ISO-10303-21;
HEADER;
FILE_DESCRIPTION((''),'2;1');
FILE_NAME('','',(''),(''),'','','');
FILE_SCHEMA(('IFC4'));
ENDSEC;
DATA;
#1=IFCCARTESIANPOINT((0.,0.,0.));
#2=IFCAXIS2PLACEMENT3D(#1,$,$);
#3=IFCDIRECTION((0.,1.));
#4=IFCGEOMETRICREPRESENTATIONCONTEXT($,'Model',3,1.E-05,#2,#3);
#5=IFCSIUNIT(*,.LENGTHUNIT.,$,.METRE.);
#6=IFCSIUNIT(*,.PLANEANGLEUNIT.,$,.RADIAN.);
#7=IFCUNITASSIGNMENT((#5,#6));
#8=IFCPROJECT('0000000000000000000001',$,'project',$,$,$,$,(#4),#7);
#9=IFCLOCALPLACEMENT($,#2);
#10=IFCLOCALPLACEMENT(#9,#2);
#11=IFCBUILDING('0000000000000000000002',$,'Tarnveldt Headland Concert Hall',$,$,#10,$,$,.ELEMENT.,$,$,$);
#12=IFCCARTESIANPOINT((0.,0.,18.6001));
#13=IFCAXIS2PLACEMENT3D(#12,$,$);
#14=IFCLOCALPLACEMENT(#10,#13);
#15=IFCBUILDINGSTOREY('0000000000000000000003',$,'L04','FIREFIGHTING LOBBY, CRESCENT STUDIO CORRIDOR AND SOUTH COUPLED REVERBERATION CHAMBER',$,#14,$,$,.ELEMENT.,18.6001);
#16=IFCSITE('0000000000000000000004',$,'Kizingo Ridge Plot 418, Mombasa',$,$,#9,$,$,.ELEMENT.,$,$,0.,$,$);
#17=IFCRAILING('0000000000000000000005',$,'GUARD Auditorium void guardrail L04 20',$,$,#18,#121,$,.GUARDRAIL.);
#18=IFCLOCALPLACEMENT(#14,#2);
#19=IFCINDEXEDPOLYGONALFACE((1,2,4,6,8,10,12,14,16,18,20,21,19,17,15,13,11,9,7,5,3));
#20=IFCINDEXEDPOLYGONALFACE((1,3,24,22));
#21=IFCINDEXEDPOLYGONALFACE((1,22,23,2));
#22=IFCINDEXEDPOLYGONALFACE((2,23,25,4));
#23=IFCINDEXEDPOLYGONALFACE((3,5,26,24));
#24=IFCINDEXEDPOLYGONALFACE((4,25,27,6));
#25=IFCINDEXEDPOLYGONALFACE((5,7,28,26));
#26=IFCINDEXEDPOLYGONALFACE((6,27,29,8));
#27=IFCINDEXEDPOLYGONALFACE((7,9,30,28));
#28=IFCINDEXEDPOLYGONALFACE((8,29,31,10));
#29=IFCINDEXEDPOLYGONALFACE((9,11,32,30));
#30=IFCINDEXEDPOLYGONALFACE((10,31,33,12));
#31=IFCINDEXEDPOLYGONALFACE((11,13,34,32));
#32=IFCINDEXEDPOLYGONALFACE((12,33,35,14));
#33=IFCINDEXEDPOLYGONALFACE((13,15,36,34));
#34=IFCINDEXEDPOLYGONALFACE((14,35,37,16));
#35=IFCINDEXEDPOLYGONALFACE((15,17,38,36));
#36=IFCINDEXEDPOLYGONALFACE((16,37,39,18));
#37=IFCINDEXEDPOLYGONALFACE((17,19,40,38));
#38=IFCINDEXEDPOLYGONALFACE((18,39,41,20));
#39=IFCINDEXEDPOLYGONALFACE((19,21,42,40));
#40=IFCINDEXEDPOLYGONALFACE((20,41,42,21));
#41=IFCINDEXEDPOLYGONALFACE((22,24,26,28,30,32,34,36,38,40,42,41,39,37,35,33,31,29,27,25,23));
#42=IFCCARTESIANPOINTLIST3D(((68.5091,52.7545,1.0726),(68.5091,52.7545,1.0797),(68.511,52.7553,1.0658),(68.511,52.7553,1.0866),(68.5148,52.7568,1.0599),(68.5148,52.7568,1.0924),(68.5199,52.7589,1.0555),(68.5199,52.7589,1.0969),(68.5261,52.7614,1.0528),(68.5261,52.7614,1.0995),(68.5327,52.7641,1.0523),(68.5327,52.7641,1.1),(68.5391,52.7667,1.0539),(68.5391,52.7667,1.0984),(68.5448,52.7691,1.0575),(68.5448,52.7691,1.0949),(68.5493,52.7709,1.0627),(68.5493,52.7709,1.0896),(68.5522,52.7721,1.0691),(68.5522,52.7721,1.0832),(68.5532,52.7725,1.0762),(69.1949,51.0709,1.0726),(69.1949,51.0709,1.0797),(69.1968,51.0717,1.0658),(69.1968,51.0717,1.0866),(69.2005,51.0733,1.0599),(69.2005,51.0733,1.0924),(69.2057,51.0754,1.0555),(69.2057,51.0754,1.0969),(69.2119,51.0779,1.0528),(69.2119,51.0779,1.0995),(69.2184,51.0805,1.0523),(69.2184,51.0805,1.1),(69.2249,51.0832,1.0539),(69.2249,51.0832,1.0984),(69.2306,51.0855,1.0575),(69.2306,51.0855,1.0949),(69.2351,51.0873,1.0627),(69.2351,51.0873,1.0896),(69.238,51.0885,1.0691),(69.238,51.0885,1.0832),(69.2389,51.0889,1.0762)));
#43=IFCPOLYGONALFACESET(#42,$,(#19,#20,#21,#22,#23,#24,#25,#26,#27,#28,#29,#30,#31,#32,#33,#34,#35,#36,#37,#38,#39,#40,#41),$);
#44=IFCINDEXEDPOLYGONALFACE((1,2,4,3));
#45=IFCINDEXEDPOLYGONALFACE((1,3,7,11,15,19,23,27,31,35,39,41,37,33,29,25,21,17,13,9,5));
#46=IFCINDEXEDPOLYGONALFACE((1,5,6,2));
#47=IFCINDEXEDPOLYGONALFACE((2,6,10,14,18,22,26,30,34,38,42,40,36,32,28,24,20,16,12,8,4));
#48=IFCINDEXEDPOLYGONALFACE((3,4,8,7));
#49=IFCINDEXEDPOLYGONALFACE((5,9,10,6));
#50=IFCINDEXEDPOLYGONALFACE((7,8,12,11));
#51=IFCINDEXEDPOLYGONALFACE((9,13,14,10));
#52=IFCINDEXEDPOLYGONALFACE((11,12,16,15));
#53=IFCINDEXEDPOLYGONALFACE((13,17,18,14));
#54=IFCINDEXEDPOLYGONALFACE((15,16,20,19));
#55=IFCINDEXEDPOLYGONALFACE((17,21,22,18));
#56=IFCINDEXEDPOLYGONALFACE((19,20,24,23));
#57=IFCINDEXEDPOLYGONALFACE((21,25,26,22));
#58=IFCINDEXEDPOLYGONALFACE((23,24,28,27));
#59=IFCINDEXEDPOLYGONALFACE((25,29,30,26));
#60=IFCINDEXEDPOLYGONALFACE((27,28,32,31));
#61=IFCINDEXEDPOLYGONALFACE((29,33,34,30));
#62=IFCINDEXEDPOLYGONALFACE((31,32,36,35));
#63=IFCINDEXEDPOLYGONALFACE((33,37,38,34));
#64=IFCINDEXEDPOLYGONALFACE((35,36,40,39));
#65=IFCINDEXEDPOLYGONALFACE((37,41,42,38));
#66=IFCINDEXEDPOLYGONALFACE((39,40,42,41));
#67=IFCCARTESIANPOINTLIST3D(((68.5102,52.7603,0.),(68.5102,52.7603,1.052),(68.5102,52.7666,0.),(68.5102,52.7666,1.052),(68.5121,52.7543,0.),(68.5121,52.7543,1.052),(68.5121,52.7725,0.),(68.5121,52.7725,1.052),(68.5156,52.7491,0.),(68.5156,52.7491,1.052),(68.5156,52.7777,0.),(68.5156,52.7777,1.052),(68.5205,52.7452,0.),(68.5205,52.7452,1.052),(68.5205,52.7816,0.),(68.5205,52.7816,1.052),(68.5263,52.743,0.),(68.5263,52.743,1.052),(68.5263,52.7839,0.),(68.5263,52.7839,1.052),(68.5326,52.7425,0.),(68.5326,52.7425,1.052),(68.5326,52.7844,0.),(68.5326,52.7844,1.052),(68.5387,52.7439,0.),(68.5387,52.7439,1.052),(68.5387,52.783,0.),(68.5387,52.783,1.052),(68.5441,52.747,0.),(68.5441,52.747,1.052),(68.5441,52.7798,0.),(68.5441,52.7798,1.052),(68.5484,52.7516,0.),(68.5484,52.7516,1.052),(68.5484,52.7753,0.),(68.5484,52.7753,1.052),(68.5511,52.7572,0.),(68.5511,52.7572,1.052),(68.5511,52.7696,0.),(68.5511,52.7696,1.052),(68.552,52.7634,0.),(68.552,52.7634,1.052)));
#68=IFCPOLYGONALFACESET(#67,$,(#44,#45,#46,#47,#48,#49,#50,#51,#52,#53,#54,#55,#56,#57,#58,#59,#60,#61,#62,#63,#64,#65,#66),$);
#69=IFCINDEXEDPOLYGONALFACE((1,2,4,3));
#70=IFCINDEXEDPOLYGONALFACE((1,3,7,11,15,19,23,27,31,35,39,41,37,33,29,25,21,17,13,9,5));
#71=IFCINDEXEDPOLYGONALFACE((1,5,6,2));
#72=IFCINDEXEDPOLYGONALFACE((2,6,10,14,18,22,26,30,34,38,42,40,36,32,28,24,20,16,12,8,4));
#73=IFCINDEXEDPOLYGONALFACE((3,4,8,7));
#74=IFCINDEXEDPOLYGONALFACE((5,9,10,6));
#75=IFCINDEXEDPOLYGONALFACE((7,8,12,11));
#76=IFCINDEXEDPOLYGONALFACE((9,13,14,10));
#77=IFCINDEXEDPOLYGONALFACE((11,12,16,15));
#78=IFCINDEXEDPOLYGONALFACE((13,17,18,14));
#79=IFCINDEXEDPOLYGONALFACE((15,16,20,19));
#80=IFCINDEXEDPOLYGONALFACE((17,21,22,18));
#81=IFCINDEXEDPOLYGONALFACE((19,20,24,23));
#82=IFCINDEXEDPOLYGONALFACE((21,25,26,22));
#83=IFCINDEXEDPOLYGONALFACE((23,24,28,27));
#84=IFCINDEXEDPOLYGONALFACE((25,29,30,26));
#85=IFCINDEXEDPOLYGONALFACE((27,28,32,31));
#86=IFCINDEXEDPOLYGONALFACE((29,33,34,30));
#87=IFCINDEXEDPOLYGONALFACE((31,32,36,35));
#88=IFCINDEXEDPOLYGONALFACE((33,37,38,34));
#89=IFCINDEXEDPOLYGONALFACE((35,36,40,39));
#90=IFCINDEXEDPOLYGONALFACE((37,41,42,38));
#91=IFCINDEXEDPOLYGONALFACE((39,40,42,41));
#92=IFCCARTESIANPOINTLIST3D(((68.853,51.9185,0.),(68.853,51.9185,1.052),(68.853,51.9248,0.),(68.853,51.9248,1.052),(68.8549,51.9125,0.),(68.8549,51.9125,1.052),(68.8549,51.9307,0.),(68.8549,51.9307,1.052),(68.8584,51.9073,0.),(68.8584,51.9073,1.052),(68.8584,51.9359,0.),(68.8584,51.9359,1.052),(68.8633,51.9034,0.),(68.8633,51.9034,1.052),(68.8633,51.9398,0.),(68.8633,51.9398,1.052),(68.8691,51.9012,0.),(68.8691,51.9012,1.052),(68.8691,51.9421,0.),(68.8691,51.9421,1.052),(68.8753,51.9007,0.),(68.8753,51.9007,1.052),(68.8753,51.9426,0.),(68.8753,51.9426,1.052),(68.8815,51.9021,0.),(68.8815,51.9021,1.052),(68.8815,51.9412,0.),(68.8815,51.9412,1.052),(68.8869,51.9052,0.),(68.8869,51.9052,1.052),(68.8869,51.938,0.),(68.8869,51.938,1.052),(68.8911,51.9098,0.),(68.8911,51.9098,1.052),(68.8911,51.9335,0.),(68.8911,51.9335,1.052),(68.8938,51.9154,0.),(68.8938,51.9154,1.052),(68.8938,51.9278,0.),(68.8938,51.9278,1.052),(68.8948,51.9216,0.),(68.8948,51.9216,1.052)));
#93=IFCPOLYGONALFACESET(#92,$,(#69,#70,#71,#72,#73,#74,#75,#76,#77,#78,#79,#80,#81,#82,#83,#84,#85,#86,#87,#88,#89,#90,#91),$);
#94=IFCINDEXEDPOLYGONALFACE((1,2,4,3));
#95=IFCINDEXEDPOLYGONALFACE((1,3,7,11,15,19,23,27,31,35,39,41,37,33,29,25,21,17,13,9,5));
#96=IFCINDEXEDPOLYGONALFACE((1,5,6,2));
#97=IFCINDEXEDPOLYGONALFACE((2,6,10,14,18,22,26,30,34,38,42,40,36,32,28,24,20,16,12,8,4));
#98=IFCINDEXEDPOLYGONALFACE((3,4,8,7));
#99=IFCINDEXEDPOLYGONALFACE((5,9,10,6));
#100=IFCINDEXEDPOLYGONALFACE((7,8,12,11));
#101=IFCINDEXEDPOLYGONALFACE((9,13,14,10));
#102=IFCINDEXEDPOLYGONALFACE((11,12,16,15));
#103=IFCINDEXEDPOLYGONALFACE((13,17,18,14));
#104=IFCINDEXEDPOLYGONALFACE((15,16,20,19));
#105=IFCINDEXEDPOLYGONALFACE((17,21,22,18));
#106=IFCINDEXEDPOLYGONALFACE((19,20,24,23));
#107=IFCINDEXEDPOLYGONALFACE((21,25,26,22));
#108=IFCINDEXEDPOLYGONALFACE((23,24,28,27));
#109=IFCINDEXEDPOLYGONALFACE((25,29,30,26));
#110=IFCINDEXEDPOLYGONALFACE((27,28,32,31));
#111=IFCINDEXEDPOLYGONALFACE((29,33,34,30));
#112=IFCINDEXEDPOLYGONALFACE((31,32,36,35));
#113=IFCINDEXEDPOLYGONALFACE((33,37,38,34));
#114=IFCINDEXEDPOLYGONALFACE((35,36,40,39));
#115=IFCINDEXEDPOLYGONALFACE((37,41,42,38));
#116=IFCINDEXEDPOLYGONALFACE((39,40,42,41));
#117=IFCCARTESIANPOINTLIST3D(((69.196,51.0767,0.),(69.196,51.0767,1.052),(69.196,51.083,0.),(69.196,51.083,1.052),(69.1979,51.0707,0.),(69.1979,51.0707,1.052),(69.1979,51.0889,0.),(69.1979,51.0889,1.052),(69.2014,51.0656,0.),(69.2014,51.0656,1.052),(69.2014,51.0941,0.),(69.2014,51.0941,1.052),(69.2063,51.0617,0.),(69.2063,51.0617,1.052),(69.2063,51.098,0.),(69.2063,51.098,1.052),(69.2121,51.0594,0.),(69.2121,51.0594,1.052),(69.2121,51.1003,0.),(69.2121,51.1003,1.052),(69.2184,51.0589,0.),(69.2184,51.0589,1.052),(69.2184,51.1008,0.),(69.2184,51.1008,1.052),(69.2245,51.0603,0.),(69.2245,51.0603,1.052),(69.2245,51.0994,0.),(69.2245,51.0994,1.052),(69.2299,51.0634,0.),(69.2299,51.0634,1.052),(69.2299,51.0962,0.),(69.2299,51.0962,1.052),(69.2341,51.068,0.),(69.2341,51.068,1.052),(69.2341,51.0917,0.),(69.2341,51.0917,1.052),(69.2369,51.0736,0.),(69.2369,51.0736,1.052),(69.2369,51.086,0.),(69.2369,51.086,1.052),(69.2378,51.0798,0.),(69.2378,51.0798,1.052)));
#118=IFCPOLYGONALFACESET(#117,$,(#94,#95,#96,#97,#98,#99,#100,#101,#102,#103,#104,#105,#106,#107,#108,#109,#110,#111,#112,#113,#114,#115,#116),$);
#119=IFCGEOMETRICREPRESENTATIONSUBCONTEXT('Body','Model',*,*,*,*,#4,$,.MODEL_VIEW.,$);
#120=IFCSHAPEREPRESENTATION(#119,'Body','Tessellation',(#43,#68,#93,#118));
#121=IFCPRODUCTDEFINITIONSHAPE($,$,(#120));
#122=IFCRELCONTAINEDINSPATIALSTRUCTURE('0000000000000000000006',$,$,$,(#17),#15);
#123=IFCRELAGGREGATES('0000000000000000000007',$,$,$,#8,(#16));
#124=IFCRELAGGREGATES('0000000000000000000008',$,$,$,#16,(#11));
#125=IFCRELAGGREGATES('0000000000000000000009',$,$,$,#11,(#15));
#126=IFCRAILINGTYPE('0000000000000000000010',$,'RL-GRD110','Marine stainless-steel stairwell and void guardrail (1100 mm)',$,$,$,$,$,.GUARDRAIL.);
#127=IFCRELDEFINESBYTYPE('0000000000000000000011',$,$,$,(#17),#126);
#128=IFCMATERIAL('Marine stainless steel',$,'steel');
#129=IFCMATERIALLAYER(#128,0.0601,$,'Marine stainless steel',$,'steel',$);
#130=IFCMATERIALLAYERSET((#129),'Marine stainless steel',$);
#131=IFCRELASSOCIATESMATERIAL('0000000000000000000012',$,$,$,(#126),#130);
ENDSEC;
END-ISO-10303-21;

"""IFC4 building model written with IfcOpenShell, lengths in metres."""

from ifc_helpers import new_model, si_unit, direction, frame, origin, origin_2d, place, context, subcontext, project, spatial, circle, extrude, material, layer, layer_set, type_object, element, save


model = new_model("IFC4")

# Units and contexts
model_context = context("Model", 3, precision=1e-05, world=origin(), true_north=direction((0.0, 1.0)))
body_context = subcontext(model_context, "Body", "Model", "MODEL_VIEW")
ifc_project = project(units=[si_unit("LENGTHUNIT", "METRE"), si_unit("PLANEANGLEUNIT", "RADIAN")], contexts=[model_context])

# Site, building, storey
site_placement = place(None, origin())
site = spatial("IfcSite", under=ifc_project, at=site_placement, Name="Kizingo Ridge Plot 418, Mombasa", CompositionType="ELEMENT", RefElevation=0.0)
building_placement = place(site_placement, origin())
building = spatial("IfcBuilding", under=site, at=building_placement, Name="Tarnveldt Headland Concert Hall", CompositionType="ELEMENT")
storey_placement = place(building_placement, frame((0.0, 0.0, 18.6001)))
storey = spatial("IfcBuildingStorey", under=building, at=storey_placement, Name="L04", Description="FIREFIGHTING LOBBY, CRESCENT STUDIO CORRIDOR AND SOUTH COUPLED REVERBERATION CHAMBER", CompositionType="ELEMENT", Elevation=18.6001)

# Railing
ifc_material_1 = material(Name="Marine stainless steel", Category="steel")
ifc_layer_1 = layer(ifc_material_1, 0.0601, Name="Marine stainless steel", Category="steel")
ifc_layer_set_1 = layer_set([ifc_layer_1], Name="Marine stainless steel")
railing_type_1 = type_object("IfcRailingType", Name="RL-GRD110", Description="Marine stainless-steel stairwell and void guardrail (1100 mm)", PredefinedType="GUARDRAIL", material=ifc_layer_set_1)
railing_1_placement = place(storey_placement, frame((68.531, 52.7634, 0.0)))
element("IfcRailing", 1, at=railing_1_placement, inside=storey, type_object=railing_type_1, Name="GUARD Auditorium void guardrail L04 20", PredefinedType="GUARDRAIL", context=body_context, shape_type="SweptSolid", body=[
    extrude(circle(Radius=0.0239, at=origin_2d()), frame((0.0, 0.0, 1.0762), z_axis=(0.377241, -0.926115, 0.0), x_axis=(0.926115, 0.377241, 0.0)), (0.0, 0.0, 1.0), 1.8179),
    extrude(circle(Radius=0.021, at=origin_2d()), origin(), (0.0, 0.0, 1.0), 1.052),
    extrude(circle(Radius=0.021, at=origin_2d()), frame((0.3428, -0.8418, 0.0)), (0.0, 0.0, 1.0), 1.052),
    extrude(circle(Radius=0.021, at=origin_2d()), frame((0.6858, -1.6836, 0.0)), (0.0, 0.0, 1.0), 1.052),
])

save(model, "model.ifc")
